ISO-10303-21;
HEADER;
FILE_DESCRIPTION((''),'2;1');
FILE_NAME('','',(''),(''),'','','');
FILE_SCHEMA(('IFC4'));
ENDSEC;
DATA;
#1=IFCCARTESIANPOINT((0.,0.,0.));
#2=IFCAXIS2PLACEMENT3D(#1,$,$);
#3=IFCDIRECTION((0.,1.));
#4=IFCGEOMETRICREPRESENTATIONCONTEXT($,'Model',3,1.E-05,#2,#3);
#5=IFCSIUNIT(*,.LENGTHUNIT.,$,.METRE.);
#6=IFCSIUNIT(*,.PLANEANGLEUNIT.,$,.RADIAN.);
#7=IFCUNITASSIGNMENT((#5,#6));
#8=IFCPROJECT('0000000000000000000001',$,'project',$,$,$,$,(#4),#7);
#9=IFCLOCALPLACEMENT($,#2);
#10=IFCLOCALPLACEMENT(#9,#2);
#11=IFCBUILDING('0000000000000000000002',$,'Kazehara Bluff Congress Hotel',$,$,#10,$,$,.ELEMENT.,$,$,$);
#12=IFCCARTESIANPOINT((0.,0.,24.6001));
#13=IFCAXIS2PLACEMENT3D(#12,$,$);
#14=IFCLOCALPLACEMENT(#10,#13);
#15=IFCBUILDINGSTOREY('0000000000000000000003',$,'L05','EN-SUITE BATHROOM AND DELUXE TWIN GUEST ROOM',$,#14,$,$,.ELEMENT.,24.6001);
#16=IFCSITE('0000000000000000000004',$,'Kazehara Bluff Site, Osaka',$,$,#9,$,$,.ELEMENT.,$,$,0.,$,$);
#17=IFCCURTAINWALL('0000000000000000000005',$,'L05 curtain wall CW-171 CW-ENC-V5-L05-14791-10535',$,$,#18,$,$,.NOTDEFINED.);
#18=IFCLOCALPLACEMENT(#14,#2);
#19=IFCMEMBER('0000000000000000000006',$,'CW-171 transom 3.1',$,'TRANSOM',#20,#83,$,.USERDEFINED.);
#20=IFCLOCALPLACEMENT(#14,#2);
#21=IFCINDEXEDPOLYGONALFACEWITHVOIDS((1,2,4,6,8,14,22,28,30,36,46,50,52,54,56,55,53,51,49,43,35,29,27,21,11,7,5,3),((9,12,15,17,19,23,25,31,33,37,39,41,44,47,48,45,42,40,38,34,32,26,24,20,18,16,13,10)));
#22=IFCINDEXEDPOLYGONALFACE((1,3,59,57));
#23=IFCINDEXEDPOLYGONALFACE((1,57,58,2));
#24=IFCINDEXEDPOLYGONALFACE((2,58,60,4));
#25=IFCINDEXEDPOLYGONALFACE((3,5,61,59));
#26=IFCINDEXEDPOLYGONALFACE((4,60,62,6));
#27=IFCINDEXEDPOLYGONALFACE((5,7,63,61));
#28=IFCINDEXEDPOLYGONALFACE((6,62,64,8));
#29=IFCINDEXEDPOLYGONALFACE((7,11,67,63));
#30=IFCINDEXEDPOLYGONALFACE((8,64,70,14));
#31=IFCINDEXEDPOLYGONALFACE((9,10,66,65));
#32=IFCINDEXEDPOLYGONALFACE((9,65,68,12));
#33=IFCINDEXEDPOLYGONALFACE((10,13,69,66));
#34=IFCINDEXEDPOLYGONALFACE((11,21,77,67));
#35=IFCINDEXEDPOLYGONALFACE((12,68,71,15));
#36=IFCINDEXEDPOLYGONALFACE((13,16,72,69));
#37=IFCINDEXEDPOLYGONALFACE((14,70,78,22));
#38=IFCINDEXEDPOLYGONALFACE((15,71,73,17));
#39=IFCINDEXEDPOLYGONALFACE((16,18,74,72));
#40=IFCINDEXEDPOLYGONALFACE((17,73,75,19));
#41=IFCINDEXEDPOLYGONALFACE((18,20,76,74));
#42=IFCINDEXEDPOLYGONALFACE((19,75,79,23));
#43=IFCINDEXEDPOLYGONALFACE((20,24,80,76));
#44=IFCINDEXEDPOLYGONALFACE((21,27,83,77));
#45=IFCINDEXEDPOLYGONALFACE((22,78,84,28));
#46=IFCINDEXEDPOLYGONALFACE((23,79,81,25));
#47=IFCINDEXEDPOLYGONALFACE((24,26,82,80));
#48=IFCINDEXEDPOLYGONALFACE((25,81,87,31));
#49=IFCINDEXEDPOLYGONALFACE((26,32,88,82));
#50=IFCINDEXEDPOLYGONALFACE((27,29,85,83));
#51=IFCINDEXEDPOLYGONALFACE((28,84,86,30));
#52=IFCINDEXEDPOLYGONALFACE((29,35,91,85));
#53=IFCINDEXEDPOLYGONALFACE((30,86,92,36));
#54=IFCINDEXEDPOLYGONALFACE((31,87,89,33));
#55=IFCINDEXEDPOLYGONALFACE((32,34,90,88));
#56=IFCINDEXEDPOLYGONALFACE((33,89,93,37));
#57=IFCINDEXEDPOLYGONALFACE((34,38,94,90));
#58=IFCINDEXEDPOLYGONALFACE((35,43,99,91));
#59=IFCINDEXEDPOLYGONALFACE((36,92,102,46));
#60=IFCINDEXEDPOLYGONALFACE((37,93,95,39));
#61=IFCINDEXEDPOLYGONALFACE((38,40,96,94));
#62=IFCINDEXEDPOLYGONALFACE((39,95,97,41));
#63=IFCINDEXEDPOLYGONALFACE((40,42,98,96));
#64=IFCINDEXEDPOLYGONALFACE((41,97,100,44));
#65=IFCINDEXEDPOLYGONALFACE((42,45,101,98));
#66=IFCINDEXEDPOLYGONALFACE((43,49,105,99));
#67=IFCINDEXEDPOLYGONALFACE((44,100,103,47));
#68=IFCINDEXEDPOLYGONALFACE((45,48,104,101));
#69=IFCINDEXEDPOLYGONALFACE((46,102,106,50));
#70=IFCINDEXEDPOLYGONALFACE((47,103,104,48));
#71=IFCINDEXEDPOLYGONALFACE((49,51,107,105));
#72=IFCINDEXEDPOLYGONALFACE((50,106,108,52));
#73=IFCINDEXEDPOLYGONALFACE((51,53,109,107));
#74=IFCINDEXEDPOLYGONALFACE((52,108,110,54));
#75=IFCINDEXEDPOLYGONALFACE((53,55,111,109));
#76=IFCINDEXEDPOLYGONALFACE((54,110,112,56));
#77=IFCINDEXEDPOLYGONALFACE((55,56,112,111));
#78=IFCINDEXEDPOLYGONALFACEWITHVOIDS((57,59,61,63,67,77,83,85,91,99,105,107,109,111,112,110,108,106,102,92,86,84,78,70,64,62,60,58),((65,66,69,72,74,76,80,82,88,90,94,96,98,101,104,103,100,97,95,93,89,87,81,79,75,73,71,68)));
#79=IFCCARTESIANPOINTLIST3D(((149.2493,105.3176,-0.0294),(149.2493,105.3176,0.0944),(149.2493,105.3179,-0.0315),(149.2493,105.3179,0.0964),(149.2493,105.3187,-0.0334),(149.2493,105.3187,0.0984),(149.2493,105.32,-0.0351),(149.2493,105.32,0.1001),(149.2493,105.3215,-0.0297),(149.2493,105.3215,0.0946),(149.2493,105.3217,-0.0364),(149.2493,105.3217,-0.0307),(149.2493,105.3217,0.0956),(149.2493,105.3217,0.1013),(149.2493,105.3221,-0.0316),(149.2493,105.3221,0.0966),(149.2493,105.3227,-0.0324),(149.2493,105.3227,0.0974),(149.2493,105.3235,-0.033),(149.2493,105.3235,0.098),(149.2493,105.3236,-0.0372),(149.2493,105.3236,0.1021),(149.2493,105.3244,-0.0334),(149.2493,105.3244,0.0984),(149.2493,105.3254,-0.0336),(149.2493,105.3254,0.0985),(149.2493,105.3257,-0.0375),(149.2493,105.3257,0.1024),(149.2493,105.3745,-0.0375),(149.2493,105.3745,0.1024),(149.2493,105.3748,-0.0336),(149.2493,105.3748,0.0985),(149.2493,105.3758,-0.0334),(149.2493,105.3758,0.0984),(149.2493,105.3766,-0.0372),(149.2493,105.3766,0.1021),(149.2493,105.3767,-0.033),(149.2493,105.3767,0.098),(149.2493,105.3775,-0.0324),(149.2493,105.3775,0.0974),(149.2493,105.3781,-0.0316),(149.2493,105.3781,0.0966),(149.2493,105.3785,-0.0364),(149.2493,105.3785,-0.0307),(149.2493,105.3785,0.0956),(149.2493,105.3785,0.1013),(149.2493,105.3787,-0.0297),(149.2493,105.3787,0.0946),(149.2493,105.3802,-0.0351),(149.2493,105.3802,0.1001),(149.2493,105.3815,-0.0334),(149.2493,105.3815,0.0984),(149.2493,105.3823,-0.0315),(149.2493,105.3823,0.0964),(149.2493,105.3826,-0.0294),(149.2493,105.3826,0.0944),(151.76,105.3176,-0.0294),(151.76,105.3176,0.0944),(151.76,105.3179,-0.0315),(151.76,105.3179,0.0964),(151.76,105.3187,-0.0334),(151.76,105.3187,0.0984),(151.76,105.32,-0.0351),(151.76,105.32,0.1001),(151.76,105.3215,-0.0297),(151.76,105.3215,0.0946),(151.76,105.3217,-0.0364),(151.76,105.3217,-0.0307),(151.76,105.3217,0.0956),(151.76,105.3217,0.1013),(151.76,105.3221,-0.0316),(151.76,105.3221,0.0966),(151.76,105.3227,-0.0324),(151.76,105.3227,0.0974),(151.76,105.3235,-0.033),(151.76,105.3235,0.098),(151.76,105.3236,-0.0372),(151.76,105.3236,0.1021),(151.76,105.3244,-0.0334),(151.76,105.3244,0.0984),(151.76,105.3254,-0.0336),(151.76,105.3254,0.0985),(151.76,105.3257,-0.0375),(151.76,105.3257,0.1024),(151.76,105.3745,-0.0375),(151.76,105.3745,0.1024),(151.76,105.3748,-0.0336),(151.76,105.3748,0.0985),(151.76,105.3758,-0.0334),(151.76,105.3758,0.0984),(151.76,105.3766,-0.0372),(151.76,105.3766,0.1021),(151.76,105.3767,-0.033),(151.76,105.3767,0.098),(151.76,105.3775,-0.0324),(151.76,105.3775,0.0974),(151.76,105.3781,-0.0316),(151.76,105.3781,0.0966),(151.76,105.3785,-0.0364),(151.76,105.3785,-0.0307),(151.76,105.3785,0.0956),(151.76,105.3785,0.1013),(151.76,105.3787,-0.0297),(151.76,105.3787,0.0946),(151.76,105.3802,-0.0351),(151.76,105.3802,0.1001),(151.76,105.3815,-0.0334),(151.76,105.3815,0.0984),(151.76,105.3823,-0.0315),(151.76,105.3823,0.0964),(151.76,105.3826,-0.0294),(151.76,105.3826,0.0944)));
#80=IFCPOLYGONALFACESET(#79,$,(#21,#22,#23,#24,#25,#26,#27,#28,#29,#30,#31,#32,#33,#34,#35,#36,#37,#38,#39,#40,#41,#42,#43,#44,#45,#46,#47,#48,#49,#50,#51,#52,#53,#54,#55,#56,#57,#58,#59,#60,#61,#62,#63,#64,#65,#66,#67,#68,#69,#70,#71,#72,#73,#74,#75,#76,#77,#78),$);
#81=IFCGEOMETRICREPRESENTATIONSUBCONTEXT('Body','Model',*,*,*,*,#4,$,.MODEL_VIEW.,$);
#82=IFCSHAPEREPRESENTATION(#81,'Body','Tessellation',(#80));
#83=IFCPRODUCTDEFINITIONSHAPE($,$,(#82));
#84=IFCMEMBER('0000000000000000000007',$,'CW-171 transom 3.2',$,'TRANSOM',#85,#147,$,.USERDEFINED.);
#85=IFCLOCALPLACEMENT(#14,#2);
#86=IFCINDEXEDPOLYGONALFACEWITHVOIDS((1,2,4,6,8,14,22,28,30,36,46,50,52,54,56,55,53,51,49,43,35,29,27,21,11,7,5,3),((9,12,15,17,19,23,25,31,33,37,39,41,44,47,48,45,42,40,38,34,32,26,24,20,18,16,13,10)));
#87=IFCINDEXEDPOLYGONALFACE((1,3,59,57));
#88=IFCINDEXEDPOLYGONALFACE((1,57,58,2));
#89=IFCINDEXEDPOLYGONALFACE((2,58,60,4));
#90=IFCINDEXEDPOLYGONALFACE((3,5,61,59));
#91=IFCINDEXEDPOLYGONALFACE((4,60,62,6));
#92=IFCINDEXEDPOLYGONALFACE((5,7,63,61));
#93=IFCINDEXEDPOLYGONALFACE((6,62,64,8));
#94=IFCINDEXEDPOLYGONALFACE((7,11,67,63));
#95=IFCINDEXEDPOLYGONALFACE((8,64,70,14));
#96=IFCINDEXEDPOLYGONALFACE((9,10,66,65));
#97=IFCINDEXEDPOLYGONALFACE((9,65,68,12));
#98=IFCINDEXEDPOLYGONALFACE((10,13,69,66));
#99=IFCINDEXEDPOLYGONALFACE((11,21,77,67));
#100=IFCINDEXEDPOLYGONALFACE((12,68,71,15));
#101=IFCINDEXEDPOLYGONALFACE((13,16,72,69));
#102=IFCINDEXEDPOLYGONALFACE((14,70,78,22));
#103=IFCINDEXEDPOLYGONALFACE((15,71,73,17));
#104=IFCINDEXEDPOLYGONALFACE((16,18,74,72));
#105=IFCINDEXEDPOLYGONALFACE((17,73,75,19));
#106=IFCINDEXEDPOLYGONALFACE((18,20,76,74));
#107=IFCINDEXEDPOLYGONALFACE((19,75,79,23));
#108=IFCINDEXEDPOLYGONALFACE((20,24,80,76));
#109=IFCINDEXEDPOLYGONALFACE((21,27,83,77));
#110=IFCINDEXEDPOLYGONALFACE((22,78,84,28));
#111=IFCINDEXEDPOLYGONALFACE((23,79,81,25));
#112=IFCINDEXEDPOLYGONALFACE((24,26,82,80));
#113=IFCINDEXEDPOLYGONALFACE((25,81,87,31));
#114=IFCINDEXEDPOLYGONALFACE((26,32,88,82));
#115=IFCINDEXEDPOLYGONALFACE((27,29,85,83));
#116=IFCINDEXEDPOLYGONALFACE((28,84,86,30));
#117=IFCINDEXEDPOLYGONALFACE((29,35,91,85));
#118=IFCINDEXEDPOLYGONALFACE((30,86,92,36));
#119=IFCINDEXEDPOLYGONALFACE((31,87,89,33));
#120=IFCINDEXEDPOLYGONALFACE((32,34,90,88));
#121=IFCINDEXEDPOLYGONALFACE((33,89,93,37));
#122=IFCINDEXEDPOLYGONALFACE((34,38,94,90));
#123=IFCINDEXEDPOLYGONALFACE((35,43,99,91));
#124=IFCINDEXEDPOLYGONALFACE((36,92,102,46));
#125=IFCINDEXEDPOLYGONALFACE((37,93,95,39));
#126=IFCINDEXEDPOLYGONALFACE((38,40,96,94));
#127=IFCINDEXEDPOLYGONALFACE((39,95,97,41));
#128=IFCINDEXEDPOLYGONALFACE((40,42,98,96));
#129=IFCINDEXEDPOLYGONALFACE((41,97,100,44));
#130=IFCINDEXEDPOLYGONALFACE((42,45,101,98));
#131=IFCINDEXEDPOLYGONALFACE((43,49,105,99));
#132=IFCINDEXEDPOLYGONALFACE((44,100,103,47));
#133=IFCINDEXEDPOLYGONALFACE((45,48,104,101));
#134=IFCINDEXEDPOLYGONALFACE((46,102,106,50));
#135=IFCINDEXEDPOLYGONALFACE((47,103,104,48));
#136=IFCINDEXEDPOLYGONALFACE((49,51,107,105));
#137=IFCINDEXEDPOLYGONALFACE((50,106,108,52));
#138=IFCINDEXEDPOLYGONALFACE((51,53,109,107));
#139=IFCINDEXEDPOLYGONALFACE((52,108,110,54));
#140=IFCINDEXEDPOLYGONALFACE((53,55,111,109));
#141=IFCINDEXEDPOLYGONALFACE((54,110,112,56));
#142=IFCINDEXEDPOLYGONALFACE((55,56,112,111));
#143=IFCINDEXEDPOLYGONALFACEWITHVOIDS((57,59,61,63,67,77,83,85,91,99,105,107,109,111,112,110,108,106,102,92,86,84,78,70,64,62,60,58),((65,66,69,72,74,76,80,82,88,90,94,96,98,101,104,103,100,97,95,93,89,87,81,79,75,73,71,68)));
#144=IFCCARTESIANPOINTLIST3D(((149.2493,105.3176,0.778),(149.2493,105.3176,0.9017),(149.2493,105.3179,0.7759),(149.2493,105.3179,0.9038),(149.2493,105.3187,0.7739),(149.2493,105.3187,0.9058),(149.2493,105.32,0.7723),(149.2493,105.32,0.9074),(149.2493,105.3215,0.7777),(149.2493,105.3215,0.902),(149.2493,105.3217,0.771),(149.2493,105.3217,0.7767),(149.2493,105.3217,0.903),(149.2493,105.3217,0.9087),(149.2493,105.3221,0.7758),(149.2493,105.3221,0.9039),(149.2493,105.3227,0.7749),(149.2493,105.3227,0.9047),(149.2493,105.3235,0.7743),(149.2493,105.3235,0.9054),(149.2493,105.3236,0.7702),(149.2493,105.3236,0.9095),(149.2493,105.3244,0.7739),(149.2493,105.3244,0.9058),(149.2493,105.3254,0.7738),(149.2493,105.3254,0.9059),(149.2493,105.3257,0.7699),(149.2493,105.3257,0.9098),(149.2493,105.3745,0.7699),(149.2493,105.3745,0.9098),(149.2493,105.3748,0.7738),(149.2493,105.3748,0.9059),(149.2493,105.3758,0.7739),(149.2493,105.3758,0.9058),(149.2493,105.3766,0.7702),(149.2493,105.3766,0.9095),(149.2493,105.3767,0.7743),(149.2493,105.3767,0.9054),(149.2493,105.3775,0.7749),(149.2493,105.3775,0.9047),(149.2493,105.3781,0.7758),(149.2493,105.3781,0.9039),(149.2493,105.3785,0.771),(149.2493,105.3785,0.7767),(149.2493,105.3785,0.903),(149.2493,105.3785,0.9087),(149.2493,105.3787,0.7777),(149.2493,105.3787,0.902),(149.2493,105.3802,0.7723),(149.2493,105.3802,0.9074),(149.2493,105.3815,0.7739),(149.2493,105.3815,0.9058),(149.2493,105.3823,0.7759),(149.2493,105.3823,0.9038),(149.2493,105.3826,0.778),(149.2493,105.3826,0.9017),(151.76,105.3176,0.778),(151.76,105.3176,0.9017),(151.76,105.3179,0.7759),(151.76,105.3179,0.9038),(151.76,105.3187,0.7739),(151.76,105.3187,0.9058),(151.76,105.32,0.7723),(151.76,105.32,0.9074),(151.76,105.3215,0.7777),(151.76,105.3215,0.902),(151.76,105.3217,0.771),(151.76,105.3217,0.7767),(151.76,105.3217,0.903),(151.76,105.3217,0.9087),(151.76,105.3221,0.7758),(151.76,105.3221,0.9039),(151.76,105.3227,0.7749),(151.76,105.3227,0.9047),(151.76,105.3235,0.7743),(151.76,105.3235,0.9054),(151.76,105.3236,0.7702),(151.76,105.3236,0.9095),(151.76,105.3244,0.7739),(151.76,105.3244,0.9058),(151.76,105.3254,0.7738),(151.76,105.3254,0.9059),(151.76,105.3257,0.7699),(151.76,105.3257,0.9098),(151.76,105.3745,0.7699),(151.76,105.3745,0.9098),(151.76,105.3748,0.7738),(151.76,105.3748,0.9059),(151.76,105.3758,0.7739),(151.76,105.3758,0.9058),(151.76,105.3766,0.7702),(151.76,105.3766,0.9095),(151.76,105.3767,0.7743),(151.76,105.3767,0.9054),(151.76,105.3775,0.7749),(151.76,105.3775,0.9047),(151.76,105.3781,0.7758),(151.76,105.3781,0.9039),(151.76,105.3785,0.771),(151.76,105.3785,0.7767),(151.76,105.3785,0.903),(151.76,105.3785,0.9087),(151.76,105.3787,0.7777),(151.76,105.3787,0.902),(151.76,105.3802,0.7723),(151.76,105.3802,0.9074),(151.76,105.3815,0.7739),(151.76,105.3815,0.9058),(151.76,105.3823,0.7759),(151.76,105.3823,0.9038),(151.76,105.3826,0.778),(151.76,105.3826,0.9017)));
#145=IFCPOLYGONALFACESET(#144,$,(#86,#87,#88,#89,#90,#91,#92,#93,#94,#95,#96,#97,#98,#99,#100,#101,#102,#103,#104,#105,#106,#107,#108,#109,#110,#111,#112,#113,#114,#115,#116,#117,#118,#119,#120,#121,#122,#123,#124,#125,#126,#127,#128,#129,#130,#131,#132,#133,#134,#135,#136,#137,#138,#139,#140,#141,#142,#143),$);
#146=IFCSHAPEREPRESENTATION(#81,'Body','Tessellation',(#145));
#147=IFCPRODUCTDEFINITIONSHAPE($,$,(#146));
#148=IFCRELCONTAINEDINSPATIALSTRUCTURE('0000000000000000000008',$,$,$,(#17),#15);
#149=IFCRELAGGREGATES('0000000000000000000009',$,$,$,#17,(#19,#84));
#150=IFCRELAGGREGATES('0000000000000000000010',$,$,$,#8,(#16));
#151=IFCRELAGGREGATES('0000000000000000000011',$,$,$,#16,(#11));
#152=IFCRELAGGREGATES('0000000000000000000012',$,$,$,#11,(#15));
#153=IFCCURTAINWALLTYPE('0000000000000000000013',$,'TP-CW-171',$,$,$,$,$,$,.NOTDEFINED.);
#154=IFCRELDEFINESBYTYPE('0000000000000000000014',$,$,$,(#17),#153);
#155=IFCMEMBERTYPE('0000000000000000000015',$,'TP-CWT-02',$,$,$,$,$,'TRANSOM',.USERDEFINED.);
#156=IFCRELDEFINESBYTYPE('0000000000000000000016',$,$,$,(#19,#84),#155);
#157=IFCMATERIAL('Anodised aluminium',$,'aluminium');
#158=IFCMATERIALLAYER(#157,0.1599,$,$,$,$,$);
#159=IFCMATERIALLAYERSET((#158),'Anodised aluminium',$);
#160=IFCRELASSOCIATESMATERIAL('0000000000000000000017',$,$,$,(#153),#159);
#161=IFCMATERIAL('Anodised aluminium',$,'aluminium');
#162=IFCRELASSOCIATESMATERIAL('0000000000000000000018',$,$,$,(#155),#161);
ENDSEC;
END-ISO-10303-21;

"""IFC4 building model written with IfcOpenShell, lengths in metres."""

from ifc_helpers import new_model, si_unit, direction, frame, origin, origin_2d, place, context, subcontext, project, spatial, hollow_rectangle, extrude, material, layer, layer_set, material_profile, profile_set, type_object, element, aggregate, save


model = new_model("IFC4")

# Units and contexts
model_context = context("Model", 3, precision=1e-05, world=origin(), true_north=direction((0.0, 1.0)))
body_context = subcontext(model_context, "Body", "Model", "MODEL_VIEW")
ifc_project = project(units=[si_unit("LENGTHUNIT", "METRE"), si_unit("PLANEANGLEUNIT", "RADIAN")], contexts=[model_context])

# Site, building, storey
site_placement = place(None, origin())
site = spatial("IfcSite", under=ifc_project, at=site_placement, Name="Kazehara Bluff Site, Osaka", CompositionType="ELEMENT", RefElevation=0.0)
building_placement = place(site_placement, origin())
building = spatial("IfcBuilding", under=site, at=building_placement, Name="Kazehara Bluff Congress Hotel", CompositionType="ELEMENT")
storey_placement = place(building_placement, frame((0.0, 0.0, 24.6001)))
storey = spatial("IfcBuildingStorey", under=building, at=storey_placement, Name="L05", Description="EN-SUITE BATHROOM AND DELUXE TWIN GUEST ROOM", CompositionType="ELEMENT", Elevation=24.6001)

# Curtain wall
ifc_material_1 = material(Name="Anodised aluminium", Category="aluminium")
ifc_layer_1 = layer(ifc_material_1, 0.1599)
ifc_layer_set_1 = layer_set([ifc_layer_1], Name="Anodised aluminium")
curtain_wall_type_1 = type_object("IfcCurtainWallType", Name="TP-CW-171", PredefinedType="NOTDEFINED", material=ifc_layer_set_1)
curtain_wall_1_placement = place(storey_placement, origin())
curtain_wall_1 = element("IfcCurtainWall", 1, at=curtain_wall_1_placement, inside=storey, type_object=curtain_wall_type_1, Name="L05 curtain wall CW-171 CW-ENC-V5-L05-14791-10535", PredefinedType="NOTDEFINED")

# Members
ifc_material_2 = material(Name="Anodised aluminium", Category="aluminium")
ifc_material_profile_1 = material_profile(ifc_material_2, hollow_rectangle(XDim=0.0649, YDim=0.1399, WallThickness=0.0039, InnerFilletRadius=0.0039, OuterFilletRadius=0.0081, at=origin_2d()))
ifc_profile_set_1 = profile_set([ifc_material_profile_1], Name="Anodised aluminium")
member_type_1 = type_object("IfcMemberType", Name="TP-CWT-02", ElementType="TRANSOM", PredefinedType="USERDEFINED", material=ifc_profile_set_1)
member_1_placement = place(storey_placement, frame((149.2493, 105.3501, 0.0325), z_axis=(1.0, 0.0, 0.0), x_axis=(0.0, 1.0, 0.0)))
member_1 = element("IfcMember", 2, at=member_1_placement, type_object=member_type_1, Name="CW-171 transom 3.1", ObjectType="TRANSOM", PredefinedType="USERDEFINED", context=body_context, shape_type="SweptSolid", body=[
    extrude(hollow_rectangle(XDim=0.0649, YDim=0.1399, WallThickness=0.0039, InnerFilletRadius=0.0039, OuterFilletRadius=0.0081, at=origin_2d()), origin(), (0.0, 0.0, 1.0), 2.5107),
])
member_2_placement = place(storey_placement, frame((149.2493, 105.3501, 0.8398), z_axis=(1.0, 0.0, 0.0), x_axis=(0.0, 1.0, 0.0)))
member_2 = element("IfcMember", 3, at=member_2_placement, type_object=member_type_1, Name="CW-171 transom 3.2", ObjectType="TRANSOM", PredefinedType="USERDEFINED", context=body_context, shape_type="SweptSolid", body=[
    extrude(hollow_rectangle(XDim=0.0649, YDim=0.1399, WallThickness=0.0039, InnerFilletRadius=0.0039, OuterFilletRadius=0.0081, at=origin_2d()), origin(), (0.0, 0.0, 1.0), 2.5107),
])

aggregate(curtain_wall_1, [member_1, member_2])

save(model, "model.ifc")
